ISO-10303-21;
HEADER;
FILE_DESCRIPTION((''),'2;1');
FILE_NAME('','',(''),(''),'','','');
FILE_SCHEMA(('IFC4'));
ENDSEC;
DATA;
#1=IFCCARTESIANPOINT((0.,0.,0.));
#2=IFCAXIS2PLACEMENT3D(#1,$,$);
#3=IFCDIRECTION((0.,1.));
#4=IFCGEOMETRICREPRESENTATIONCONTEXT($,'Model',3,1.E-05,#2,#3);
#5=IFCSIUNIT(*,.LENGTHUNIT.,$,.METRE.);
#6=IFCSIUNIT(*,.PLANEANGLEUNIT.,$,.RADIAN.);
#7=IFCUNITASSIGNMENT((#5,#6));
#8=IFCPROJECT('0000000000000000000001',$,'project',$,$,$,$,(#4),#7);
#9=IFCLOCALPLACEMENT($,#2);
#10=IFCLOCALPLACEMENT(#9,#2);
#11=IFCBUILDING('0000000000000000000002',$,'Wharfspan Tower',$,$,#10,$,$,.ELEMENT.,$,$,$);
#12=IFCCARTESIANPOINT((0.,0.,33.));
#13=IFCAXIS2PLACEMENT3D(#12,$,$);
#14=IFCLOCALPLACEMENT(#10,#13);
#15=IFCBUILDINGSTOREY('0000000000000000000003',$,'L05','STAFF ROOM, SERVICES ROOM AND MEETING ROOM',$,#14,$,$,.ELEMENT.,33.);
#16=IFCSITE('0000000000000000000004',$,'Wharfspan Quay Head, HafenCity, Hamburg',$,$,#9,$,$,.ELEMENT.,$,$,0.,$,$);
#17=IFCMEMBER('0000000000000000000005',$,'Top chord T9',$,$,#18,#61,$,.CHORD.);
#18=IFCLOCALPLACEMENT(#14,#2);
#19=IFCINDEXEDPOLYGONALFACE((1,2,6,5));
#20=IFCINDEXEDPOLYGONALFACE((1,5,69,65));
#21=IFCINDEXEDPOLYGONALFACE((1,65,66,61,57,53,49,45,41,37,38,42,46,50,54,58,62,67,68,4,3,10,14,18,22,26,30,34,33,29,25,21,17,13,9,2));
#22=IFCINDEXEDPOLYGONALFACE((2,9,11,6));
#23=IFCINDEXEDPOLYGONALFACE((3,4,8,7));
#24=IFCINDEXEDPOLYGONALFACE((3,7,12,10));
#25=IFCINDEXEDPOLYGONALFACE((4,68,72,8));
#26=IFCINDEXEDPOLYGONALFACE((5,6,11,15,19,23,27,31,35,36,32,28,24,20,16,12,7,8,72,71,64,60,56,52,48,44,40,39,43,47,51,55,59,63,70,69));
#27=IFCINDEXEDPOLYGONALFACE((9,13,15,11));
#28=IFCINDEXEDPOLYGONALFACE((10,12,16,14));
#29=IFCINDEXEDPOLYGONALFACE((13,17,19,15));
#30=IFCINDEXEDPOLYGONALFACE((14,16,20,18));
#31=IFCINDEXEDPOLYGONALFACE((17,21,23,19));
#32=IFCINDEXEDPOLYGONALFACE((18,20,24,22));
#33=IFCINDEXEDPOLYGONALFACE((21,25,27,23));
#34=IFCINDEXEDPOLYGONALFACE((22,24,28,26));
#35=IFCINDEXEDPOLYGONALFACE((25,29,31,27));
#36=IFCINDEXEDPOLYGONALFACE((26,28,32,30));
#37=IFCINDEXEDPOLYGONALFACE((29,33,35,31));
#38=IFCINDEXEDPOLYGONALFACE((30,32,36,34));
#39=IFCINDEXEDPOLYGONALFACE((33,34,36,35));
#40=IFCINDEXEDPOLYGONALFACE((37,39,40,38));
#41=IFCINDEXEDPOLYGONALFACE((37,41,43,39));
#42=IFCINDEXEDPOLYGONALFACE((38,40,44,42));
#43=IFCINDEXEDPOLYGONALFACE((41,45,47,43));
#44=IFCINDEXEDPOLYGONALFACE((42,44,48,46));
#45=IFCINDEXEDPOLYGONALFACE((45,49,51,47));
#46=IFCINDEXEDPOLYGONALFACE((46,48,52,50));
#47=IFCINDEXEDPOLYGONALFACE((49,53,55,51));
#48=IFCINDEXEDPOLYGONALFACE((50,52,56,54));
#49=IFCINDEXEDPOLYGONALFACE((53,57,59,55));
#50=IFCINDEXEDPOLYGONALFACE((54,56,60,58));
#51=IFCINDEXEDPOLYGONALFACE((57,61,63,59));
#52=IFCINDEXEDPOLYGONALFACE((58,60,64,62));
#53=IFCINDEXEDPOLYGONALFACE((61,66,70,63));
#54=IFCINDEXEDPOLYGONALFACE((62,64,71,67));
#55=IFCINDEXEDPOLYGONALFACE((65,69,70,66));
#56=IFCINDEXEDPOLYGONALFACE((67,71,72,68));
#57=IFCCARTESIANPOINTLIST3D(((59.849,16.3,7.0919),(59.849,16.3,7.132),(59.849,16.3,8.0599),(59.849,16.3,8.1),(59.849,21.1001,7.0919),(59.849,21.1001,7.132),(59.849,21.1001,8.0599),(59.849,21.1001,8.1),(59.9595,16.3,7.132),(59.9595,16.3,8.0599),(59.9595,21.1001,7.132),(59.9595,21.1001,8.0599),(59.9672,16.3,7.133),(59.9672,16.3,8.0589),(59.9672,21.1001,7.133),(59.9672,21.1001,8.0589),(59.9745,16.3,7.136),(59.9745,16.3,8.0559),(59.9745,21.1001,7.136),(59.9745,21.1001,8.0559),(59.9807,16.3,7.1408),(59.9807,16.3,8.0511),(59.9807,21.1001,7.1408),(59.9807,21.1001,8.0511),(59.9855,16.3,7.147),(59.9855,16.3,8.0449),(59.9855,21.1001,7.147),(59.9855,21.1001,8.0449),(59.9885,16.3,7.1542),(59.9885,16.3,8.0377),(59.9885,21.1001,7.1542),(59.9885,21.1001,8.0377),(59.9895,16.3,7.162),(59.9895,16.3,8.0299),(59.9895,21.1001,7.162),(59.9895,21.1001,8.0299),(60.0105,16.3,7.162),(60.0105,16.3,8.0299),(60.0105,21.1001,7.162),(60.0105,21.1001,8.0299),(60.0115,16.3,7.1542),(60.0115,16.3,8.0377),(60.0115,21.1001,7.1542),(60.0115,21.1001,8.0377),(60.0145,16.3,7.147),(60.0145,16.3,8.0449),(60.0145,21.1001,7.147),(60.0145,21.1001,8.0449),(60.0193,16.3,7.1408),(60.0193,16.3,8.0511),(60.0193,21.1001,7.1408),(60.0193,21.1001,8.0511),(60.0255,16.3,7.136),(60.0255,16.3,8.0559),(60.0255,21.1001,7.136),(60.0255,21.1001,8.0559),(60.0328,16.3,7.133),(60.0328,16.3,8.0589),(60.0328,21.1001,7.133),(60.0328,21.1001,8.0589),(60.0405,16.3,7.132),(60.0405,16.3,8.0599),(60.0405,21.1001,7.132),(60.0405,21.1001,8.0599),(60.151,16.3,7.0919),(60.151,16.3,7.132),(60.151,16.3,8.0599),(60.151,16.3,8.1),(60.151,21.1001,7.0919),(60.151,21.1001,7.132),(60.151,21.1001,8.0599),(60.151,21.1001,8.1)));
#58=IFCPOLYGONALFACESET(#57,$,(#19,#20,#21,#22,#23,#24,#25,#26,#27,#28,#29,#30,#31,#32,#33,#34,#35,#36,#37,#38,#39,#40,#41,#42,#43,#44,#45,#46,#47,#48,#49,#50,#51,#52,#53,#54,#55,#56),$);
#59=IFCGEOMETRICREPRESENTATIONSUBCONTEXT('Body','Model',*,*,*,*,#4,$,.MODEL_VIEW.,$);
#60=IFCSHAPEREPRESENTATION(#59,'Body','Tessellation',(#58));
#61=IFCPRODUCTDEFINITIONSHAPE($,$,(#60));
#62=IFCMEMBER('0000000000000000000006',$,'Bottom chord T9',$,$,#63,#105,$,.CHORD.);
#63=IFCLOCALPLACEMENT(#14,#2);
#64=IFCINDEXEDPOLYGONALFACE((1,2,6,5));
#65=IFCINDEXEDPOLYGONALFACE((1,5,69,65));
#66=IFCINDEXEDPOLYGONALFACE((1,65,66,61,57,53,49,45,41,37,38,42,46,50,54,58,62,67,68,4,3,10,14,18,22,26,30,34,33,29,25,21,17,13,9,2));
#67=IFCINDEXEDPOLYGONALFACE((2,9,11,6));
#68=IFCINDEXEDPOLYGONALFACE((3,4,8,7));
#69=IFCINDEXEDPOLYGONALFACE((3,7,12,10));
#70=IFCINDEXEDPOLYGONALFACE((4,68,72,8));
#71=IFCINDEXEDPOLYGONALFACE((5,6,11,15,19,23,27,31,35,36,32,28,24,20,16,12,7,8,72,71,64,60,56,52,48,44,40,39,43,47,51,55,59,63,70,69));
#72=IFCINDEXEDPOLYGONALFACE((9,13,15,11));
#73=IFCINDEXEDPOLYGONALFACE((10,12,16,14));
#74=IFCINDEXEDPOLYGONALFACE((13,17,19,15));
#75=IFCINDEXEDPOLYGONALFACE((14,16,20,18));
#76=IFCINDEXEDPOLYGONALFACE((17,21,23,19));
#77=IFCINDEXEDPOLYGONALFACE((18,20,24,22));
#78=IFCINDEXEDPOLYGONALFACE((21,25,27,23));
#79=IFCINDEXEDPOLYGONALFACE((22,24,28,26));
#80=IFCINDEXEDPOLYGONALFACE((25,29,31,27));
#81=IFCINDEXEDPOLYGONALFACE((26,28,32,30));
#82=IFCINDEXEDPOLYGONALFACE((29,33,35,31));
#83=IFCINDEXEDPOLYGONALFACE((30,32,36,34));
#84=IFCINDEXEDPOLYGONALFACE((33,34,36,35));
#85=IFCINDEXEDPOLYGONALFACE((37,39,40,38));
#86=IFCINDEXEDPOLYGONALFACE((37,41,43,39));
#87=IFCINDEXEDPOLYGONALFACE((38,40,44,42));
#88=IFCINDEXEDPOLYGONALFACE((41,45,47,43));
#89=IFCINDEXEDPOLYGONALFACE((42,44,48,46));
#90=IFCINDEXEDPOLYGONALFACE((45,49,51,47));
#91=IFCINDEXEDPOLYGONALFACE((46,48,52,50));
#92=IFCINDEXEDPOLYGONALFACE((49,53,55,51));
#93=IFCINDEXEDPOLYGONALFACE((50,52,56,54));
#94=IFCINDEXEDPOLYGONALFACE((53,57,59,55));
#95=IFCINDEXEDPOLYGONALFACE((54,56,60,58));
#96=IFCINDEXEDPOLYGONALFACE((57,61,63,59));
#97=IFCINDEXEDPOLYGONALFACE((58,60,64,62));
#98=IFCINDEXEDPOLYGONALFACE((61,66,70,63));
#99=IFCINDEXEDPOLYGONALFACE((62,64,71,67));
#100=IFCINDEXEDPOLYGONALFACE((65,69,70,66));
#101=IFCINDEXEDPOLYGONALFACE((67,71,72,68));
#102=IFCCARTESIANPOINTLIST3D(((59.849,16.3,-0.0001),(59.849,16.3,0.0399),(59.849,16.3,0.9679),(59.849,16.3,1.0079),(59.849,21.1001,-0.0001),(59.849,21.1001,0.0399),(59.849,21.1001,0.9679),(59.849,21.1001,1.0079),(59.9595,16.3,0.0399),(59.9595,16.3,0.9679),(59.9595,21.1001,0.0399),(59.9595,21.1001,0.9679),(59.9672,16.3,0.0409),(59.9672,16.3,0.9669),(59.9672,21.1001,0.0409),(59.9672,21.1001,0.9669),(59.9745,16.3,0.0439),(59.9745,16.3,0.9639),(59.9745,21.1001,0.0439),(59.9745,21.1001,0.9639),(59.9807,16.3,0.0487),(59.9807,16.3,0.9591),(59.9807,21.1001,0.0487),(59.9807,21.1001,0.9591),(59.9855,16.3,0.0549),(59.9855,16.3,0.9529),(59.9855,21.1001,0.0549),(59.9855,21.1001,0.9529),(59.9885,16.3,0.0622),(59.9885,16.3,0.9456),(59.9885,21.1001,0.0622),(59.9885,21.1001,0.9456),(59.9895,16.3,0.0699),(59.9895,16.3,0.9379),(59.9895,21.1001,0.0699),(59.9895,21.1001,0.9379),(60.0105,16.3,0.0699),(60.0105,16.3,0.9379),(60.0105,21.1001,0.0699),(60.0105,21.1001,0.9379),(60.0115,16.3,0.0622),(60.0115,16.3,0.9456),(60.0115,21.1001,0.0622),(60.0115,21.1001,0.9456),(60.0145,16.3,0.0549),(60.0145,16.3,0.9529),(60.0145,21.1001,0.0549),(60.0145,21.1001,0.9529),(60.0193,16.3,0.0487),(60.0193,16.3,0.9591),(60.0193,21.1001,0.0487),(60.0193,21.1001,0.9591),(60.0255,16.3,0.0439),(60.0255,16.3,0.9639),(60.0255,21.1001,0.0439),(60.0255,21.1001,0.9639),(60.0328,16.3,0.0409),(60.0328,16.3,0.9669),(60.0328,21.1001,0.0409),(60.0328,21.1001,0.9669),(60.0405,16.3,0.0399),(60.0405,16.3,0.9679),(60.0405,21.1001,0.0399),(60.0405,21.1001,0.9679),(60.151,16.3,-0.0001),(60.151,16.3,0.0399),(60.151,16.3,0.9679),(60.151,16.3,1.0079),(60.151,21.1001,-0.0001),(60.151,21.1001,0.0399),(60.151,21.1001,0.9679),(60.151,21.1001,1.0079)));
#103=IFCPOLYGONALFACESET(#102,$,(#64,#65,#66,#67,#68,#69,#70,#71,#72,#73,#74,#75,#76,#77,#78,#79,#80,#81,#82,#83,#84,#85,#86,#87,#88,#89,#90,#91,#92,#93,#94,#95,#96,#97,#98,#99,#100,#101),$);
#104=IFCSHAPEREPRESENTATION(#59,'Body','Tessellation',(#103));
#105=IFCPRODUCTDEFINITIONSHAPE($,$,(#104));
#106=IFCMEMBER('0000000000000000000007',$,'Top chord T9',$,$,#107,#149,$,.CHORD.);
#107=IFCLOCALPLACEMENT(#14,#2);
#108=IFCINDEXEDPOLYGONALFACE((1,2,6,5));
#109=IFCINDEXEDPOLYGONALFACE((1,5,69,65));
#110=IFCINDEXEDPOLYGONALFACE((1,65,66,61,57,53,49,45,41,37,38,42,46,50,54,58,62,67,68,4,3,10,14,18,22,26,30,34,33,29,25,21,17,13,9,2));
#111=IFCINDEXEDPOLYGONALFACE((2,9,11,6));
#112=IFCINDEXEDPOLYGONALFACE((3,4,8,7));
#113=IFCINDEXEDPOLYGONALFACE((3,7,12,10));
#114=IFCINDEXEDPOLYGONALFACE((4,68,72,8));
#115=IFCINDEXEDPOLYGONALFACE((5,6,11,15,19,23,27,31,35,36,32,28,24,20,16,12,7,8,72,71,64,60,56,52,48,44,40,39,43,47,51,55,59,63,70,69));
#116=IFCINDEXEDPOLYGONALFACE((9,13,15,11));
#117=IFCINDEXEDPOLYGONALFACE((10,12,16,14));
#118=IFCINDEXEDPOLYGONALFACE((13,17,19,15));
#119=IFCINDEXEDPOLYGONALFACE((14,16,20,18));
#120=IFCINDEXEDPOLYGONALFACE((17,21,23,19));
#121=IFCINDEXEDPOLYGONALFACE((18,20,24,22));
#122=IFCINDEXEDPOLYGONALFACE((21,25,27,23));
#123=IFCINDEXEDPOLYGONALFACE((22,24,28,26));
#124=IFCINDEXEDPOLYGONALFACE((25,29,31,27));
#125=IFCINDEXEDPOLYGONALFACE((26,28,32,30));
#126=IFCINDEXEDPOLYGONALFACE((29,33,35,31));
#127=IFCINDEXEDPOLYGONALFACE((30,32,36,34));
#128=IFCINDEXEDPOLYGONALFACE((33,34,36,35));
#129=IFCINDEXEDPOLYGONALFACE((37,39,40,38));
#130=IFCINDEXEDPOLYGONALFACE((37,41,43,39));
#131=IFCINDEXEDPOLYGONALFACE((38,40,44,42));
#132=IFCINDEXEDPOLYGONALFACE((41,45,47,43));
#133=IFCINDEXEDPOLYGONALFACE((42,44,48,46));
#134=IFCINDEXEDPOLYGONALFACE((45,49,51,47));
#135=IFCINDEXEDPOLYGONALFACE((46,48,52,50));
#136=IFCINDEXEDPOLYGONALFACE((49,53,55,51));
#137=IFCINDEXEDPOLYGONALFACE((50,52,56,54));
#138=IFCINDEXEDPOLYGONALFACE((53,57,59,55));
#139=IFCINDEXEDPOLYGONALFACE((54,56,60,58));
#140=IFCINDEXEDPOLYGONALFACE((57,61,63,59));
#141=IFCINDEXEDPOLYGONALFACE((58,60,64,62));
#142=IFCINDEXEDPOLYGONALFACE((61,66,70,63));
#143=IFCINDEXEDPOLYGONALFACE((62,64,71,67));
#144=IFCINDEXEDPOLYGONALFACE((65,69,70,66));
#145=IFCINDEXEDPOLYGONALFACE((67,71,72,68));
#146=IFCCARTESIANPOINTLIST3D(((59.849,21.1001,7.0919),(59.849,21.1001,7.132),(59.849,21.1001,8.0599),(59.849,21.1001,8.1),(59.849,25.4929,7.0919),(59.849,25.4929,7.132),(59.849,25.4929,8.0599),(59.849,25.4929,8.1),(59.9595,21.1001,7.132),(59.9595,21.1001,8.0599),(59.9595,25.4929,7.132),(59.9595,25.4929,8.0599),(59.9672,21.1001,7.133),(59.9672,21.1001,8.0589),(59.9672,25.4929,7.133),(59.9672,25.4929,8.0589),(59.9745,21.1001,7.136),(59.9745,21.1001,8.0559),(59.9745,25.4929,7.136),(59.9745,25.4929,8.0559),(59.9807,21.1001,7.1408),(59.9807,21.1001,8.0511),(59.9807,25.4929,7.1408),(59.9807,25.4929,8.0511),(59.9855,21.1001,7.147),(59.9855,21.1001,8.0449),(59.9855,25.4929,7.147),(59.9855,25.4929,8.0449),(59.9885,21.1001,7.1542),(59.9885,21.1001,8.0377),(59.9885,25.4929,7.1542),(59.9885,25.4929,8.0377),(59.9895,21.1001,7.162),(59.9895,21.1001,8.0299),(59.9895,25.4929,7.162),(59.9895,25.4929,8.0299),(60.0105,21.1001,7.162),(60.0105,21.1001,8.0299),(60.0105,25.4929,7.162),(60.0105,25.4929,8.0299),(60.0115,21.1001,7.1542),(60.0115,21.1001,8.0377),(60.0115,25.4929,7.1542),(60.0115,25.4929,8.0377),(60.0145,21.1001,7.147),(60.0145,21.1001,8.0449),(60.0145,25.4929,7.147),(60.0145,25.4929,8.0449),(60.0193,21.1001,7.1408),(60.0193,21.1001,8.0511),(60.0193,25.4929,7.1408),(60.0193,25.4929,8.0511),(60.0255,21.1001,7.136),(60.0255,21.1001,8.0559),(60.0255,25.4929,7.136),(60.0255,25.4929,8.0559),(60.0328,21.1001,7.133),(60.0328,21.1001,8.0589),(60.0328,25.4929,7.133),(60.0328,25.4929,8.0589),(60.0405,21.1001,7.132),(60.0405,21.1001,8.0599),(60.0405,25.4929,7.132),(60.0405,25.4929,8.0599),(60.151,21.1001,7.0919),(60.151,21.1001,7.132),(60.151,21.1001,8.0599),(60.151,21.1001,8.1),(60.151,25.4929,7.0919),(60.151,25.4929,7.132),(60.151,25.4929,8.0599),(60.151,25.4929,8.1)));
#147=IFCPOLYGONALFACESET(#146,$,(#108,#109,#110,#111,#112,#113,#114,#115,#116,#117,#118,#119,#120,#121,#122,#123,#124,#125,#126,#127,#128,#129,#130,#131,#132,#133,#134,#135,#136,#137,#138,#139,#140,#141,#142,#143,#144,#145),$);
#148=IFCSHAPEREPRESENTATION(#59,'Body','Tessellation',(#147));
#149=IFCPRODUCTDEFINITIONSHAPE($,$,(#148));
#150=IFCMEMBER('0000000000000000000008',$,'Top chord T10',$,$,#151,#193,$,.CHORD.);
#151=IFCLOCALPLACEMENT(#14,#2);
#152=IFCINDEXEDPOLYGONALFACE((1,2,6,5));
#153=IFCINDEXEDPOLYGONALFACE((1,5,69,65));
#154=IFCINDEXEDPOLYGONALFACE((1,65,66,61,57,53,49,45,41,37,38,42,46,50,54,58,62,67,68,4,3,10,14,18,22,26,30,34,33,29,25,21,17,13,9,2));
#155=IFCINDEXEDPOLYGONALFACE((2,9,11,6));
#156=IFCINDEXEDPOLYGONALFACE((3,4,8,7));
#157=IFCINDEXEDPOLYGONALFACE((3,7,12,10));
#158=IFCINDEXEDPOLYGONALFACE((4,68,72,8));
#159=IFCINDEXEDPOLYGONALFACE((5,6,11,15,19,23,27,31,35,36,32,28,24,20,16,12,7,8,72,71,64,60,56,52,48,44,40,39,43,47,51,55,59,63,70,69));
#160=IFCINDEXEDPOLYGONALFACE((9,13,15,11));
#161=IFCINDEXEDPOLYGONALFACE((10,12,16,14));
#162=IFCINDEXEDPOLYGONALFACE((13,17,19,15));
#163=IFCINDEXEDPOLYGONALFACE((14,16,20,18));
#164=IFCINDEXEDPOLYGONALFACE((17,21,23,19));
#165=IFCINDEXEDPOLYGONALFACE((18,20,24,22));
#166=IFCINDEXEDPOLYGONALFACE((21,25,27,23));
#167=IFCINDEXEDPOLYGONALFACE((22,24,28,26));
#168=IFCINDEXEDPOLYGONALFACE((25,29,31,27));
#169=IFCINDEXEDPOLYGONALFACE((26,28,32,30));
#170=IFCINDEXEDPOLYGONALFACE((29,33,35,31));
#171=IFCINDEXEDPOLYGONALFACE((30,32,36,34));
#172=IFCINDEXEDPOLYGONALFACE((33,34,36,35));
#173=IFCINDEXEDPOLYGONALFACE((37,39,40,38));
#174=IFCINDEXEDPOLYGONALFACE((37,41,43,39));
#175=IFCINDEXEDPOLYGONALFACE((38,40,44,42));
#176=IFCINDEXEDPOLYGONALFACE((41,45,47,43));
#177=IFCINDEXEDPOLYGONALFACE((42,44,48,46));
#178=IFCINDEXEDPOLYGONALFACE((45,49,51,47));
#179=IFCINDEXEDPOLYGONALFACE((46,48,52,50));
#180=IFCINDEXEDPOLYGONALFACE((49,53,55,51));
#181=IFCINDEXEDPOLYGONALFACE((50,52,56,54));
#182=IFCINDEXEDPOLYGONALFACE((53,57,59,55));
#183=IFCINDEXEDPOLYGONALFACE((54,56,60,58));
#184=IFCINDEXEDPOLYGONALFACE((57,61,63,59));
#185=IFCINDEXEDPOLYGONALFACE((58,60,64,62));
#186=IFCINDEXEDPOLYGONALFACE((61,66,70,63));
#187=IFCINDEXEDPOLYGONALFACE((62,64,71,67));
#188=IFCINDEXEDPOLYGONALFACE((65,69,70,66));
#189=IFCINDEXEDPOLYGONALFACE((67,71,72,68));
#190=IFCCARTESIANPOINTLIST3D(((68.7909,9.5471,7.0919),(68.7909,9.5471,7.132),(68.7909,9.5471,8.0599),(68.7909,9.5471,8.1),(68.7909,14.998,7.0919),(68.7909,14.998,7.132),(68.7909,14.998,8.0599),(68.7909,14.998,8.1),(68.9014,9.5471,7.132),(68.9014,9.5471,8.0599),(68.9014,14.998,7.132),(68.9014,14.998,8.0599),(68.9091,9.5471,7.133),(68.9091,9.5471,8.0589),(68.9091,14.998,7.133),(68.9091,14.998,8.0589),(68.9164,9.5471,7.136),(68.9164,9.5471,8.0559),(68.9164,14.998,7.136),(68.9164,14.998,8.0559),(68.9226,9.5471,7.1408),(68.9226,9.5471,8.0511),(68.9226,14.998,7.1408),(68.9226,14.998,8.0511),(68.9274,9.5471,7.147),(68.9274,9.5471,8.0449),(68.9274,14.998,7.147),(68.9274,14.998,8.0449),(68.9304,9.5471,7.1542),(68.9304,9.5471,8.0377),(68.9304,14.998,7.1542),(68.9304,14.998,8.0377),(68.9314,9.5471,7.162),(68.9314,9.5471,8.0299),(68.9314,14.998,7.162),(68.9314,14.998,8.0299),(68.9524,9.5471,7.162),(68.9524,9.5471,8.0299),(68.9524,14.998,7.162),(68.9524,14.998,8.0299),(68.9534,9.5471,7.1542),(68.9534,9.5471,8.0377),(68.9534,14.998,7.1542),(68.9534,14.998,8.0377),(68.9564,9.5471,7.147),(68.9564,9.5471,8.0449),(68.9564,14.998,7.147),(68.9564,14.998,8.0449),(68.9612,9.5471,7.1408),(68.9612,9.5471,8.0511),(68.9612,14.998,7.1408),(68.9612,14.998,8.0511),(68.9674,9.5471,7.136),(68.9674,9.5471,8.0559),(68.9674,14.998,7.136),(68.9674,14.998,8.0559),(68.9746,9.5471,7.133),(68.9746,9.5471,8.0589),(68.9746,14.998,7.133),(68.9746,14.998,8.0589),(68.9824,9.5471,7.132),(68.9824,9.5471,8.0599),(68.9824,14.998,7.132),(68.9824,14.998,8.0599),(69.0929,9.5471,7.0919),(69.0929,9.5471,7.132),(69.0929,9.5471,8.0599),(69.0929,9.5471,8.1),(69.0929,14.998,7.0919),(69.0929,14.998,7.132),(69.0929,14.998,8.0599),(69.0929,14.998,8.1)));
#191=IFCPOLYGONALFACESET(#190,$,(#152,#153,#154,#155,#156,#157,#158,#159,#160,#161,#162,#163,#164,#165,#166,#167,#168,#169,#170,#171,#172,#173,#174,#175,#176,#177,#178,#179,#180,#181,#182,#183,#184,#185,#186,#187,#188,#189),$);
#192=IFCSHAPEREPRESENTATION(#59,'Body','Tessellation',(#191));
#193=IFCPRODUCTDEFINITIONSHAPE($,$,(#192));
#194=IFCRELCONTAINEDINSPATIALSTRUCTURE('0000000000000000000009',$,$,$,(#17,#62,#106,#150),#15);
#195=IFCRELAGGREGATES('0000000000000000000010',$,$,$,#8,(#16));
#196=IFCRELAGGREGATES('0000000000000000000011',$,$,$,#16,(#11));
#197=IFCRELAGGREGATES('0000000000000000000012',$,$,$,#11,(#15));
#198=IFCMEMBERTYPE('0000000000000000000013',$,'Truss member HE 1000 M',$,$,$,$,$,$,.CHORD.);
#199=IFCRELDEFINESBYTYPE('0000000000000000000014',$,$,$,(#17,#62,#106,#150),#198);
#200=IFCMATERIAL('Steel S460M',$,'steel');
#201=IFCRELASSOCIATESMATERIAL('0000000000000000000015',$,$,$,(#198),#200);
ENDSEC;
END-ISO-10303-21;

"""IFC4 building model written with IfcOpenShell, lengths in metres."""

from ifc_helpers import new_model, si_unit, direction, frame, origin, origin_2d, place, context, subcontext, project, spatial, i_section, extrude, material, material_profile, profile_set, type_object, element, save


model = new_model("IFC4")

# Units and contexts
model_context = context("Model", 3, precision=1e-05, world=origin(), true_north=direction((0.0, 1.0)))
body_context = subcontext(model_context, "Body", "Model", "MODEL_VIEW")
ifc_project = project(units=[si_unit("LENGTHUNIT", "METRE"), si_unit("PLANEANGLEUNIT", "RADIAN")], contexts=[model_context])

# Site, building, storey
site_placement = place(None, origin())
site = spatial("IfcSite", under=ifc_project, at=site_placement, Name="Wharfspan Quay Head, HafenCity, Hamburg", CompositionType="ELEMENT", RefElevation=0.0)
building_placement = place(site_placement, origin())
building = spatial("IfcBuilding", under=site, at=building_placement, Name="Wharfspan Tower", CompositionType="ELEMENT")
storey_placement = place(building_placement, frame((0.0, 0.0, 33.0)))
storey = spatial("IfcBuildingStorey", under=building, at=storey_placement, Name="L05", Description="STAFF ROOM, SERVICES ROOM AND MEETING ROOM", CompositionType="ELEMENT", Elevation=33.0)

# Members
ifc_material_1 = material(Name="Steel S460M", Category="steel")
ifc_material_profile_1 = material_profile(ifc_material_1, i_section(OverallWidth=0.302, OverallDepth=1.0081, WebThickness=0.021, FlangeThickness=0.04, FilletRadius=0.03, at=origin_2d()))
ifc_profile_set_1 = profile_set([ifc_material_profile_1], Name="Steel S460M")
member_type_1 = type_object("IfcMemberType", Name="Truss member HE 1000 M", PredefinedType="CHORD", material=ifc_profile_set_1)
for number, where, z_axis, x_axis, name in (
    (1, (60.0, 16.3, 7.5959), (0.0, 1.0, 0.0), (-1.0, 0.0, 0.0), "Top chord T9"),
    (2, (60.0, 16.3, 0.5039), (0.0, 1.0, 0.0), (-1.0, 0.0, 0.0), "Bottom chord T9"),
):
    element("IfcMember", number, at=place(storey_placement, frame(where, z_axis=z_axis, x_axis=x_axis)), inside=storey, type_object=member_type_1, Name=name, PredefinedType="CHORD", context=body_context, shape_type="SweptSolid", body=[
        extrude(i_section(OverallWidth=0.302, OverallDepth=1.0081, WebThickness=0.021, FlangeThickness=0.04, FilletRadius=0.03, at=origin_2d()), origin(), (0.0, 0.0, 1.0), 4.8),
    ])
member_1_placement = place(storey_placement, frame((60.0, 21.1001, 7.5959), z_axis=(0.0, 1.0, 0.0), x_axis=(-1.0, 0.0, 0.0)))
element("IfcMember", 3, at=member_1_placement, inside=storey, type_object=member_type_1, Name="Top chord T9", PredefinedType="CHORD", context=body_context, shape_type="SweptSolid", body=[
    extrude(i_section(OverallWidth=0.302, OverallDepth=1.0081, WebThickness=0.021, FlangeThickness=0.04, FilletRadius=0.03, at=origin_2d()), origin(), (0.0, 0.0, 1.0), 4.3928),
])
for number, where, z_axis, x_axis, name in (
    (4, (68.9419, 9.5471, 7.5959), (0.0, 1.0, 0.0), (-1.0, 0.0, 0.0), "Top chord T10"),
):
    element("IfcMember", number, at=place(storey_placement, frame(where, z_axis=z_axis, x_axis=x_axis)), inside=storey, type_object=member_type_1, Name=name, PredefinedType="CHORD", context=body_context, shape_type="SweptSolid", body=[
        extrude(i_section(OverallWidth=0.302, OverallDepth=1.0081, WebThickness=0.021, FlangeThickness=0.04, FilletRadius=0.03, at=origin_2d()), origin(), (0.0, 0.0, 1.0), 5.4509),
    ])

save(model, "model.ifc")
